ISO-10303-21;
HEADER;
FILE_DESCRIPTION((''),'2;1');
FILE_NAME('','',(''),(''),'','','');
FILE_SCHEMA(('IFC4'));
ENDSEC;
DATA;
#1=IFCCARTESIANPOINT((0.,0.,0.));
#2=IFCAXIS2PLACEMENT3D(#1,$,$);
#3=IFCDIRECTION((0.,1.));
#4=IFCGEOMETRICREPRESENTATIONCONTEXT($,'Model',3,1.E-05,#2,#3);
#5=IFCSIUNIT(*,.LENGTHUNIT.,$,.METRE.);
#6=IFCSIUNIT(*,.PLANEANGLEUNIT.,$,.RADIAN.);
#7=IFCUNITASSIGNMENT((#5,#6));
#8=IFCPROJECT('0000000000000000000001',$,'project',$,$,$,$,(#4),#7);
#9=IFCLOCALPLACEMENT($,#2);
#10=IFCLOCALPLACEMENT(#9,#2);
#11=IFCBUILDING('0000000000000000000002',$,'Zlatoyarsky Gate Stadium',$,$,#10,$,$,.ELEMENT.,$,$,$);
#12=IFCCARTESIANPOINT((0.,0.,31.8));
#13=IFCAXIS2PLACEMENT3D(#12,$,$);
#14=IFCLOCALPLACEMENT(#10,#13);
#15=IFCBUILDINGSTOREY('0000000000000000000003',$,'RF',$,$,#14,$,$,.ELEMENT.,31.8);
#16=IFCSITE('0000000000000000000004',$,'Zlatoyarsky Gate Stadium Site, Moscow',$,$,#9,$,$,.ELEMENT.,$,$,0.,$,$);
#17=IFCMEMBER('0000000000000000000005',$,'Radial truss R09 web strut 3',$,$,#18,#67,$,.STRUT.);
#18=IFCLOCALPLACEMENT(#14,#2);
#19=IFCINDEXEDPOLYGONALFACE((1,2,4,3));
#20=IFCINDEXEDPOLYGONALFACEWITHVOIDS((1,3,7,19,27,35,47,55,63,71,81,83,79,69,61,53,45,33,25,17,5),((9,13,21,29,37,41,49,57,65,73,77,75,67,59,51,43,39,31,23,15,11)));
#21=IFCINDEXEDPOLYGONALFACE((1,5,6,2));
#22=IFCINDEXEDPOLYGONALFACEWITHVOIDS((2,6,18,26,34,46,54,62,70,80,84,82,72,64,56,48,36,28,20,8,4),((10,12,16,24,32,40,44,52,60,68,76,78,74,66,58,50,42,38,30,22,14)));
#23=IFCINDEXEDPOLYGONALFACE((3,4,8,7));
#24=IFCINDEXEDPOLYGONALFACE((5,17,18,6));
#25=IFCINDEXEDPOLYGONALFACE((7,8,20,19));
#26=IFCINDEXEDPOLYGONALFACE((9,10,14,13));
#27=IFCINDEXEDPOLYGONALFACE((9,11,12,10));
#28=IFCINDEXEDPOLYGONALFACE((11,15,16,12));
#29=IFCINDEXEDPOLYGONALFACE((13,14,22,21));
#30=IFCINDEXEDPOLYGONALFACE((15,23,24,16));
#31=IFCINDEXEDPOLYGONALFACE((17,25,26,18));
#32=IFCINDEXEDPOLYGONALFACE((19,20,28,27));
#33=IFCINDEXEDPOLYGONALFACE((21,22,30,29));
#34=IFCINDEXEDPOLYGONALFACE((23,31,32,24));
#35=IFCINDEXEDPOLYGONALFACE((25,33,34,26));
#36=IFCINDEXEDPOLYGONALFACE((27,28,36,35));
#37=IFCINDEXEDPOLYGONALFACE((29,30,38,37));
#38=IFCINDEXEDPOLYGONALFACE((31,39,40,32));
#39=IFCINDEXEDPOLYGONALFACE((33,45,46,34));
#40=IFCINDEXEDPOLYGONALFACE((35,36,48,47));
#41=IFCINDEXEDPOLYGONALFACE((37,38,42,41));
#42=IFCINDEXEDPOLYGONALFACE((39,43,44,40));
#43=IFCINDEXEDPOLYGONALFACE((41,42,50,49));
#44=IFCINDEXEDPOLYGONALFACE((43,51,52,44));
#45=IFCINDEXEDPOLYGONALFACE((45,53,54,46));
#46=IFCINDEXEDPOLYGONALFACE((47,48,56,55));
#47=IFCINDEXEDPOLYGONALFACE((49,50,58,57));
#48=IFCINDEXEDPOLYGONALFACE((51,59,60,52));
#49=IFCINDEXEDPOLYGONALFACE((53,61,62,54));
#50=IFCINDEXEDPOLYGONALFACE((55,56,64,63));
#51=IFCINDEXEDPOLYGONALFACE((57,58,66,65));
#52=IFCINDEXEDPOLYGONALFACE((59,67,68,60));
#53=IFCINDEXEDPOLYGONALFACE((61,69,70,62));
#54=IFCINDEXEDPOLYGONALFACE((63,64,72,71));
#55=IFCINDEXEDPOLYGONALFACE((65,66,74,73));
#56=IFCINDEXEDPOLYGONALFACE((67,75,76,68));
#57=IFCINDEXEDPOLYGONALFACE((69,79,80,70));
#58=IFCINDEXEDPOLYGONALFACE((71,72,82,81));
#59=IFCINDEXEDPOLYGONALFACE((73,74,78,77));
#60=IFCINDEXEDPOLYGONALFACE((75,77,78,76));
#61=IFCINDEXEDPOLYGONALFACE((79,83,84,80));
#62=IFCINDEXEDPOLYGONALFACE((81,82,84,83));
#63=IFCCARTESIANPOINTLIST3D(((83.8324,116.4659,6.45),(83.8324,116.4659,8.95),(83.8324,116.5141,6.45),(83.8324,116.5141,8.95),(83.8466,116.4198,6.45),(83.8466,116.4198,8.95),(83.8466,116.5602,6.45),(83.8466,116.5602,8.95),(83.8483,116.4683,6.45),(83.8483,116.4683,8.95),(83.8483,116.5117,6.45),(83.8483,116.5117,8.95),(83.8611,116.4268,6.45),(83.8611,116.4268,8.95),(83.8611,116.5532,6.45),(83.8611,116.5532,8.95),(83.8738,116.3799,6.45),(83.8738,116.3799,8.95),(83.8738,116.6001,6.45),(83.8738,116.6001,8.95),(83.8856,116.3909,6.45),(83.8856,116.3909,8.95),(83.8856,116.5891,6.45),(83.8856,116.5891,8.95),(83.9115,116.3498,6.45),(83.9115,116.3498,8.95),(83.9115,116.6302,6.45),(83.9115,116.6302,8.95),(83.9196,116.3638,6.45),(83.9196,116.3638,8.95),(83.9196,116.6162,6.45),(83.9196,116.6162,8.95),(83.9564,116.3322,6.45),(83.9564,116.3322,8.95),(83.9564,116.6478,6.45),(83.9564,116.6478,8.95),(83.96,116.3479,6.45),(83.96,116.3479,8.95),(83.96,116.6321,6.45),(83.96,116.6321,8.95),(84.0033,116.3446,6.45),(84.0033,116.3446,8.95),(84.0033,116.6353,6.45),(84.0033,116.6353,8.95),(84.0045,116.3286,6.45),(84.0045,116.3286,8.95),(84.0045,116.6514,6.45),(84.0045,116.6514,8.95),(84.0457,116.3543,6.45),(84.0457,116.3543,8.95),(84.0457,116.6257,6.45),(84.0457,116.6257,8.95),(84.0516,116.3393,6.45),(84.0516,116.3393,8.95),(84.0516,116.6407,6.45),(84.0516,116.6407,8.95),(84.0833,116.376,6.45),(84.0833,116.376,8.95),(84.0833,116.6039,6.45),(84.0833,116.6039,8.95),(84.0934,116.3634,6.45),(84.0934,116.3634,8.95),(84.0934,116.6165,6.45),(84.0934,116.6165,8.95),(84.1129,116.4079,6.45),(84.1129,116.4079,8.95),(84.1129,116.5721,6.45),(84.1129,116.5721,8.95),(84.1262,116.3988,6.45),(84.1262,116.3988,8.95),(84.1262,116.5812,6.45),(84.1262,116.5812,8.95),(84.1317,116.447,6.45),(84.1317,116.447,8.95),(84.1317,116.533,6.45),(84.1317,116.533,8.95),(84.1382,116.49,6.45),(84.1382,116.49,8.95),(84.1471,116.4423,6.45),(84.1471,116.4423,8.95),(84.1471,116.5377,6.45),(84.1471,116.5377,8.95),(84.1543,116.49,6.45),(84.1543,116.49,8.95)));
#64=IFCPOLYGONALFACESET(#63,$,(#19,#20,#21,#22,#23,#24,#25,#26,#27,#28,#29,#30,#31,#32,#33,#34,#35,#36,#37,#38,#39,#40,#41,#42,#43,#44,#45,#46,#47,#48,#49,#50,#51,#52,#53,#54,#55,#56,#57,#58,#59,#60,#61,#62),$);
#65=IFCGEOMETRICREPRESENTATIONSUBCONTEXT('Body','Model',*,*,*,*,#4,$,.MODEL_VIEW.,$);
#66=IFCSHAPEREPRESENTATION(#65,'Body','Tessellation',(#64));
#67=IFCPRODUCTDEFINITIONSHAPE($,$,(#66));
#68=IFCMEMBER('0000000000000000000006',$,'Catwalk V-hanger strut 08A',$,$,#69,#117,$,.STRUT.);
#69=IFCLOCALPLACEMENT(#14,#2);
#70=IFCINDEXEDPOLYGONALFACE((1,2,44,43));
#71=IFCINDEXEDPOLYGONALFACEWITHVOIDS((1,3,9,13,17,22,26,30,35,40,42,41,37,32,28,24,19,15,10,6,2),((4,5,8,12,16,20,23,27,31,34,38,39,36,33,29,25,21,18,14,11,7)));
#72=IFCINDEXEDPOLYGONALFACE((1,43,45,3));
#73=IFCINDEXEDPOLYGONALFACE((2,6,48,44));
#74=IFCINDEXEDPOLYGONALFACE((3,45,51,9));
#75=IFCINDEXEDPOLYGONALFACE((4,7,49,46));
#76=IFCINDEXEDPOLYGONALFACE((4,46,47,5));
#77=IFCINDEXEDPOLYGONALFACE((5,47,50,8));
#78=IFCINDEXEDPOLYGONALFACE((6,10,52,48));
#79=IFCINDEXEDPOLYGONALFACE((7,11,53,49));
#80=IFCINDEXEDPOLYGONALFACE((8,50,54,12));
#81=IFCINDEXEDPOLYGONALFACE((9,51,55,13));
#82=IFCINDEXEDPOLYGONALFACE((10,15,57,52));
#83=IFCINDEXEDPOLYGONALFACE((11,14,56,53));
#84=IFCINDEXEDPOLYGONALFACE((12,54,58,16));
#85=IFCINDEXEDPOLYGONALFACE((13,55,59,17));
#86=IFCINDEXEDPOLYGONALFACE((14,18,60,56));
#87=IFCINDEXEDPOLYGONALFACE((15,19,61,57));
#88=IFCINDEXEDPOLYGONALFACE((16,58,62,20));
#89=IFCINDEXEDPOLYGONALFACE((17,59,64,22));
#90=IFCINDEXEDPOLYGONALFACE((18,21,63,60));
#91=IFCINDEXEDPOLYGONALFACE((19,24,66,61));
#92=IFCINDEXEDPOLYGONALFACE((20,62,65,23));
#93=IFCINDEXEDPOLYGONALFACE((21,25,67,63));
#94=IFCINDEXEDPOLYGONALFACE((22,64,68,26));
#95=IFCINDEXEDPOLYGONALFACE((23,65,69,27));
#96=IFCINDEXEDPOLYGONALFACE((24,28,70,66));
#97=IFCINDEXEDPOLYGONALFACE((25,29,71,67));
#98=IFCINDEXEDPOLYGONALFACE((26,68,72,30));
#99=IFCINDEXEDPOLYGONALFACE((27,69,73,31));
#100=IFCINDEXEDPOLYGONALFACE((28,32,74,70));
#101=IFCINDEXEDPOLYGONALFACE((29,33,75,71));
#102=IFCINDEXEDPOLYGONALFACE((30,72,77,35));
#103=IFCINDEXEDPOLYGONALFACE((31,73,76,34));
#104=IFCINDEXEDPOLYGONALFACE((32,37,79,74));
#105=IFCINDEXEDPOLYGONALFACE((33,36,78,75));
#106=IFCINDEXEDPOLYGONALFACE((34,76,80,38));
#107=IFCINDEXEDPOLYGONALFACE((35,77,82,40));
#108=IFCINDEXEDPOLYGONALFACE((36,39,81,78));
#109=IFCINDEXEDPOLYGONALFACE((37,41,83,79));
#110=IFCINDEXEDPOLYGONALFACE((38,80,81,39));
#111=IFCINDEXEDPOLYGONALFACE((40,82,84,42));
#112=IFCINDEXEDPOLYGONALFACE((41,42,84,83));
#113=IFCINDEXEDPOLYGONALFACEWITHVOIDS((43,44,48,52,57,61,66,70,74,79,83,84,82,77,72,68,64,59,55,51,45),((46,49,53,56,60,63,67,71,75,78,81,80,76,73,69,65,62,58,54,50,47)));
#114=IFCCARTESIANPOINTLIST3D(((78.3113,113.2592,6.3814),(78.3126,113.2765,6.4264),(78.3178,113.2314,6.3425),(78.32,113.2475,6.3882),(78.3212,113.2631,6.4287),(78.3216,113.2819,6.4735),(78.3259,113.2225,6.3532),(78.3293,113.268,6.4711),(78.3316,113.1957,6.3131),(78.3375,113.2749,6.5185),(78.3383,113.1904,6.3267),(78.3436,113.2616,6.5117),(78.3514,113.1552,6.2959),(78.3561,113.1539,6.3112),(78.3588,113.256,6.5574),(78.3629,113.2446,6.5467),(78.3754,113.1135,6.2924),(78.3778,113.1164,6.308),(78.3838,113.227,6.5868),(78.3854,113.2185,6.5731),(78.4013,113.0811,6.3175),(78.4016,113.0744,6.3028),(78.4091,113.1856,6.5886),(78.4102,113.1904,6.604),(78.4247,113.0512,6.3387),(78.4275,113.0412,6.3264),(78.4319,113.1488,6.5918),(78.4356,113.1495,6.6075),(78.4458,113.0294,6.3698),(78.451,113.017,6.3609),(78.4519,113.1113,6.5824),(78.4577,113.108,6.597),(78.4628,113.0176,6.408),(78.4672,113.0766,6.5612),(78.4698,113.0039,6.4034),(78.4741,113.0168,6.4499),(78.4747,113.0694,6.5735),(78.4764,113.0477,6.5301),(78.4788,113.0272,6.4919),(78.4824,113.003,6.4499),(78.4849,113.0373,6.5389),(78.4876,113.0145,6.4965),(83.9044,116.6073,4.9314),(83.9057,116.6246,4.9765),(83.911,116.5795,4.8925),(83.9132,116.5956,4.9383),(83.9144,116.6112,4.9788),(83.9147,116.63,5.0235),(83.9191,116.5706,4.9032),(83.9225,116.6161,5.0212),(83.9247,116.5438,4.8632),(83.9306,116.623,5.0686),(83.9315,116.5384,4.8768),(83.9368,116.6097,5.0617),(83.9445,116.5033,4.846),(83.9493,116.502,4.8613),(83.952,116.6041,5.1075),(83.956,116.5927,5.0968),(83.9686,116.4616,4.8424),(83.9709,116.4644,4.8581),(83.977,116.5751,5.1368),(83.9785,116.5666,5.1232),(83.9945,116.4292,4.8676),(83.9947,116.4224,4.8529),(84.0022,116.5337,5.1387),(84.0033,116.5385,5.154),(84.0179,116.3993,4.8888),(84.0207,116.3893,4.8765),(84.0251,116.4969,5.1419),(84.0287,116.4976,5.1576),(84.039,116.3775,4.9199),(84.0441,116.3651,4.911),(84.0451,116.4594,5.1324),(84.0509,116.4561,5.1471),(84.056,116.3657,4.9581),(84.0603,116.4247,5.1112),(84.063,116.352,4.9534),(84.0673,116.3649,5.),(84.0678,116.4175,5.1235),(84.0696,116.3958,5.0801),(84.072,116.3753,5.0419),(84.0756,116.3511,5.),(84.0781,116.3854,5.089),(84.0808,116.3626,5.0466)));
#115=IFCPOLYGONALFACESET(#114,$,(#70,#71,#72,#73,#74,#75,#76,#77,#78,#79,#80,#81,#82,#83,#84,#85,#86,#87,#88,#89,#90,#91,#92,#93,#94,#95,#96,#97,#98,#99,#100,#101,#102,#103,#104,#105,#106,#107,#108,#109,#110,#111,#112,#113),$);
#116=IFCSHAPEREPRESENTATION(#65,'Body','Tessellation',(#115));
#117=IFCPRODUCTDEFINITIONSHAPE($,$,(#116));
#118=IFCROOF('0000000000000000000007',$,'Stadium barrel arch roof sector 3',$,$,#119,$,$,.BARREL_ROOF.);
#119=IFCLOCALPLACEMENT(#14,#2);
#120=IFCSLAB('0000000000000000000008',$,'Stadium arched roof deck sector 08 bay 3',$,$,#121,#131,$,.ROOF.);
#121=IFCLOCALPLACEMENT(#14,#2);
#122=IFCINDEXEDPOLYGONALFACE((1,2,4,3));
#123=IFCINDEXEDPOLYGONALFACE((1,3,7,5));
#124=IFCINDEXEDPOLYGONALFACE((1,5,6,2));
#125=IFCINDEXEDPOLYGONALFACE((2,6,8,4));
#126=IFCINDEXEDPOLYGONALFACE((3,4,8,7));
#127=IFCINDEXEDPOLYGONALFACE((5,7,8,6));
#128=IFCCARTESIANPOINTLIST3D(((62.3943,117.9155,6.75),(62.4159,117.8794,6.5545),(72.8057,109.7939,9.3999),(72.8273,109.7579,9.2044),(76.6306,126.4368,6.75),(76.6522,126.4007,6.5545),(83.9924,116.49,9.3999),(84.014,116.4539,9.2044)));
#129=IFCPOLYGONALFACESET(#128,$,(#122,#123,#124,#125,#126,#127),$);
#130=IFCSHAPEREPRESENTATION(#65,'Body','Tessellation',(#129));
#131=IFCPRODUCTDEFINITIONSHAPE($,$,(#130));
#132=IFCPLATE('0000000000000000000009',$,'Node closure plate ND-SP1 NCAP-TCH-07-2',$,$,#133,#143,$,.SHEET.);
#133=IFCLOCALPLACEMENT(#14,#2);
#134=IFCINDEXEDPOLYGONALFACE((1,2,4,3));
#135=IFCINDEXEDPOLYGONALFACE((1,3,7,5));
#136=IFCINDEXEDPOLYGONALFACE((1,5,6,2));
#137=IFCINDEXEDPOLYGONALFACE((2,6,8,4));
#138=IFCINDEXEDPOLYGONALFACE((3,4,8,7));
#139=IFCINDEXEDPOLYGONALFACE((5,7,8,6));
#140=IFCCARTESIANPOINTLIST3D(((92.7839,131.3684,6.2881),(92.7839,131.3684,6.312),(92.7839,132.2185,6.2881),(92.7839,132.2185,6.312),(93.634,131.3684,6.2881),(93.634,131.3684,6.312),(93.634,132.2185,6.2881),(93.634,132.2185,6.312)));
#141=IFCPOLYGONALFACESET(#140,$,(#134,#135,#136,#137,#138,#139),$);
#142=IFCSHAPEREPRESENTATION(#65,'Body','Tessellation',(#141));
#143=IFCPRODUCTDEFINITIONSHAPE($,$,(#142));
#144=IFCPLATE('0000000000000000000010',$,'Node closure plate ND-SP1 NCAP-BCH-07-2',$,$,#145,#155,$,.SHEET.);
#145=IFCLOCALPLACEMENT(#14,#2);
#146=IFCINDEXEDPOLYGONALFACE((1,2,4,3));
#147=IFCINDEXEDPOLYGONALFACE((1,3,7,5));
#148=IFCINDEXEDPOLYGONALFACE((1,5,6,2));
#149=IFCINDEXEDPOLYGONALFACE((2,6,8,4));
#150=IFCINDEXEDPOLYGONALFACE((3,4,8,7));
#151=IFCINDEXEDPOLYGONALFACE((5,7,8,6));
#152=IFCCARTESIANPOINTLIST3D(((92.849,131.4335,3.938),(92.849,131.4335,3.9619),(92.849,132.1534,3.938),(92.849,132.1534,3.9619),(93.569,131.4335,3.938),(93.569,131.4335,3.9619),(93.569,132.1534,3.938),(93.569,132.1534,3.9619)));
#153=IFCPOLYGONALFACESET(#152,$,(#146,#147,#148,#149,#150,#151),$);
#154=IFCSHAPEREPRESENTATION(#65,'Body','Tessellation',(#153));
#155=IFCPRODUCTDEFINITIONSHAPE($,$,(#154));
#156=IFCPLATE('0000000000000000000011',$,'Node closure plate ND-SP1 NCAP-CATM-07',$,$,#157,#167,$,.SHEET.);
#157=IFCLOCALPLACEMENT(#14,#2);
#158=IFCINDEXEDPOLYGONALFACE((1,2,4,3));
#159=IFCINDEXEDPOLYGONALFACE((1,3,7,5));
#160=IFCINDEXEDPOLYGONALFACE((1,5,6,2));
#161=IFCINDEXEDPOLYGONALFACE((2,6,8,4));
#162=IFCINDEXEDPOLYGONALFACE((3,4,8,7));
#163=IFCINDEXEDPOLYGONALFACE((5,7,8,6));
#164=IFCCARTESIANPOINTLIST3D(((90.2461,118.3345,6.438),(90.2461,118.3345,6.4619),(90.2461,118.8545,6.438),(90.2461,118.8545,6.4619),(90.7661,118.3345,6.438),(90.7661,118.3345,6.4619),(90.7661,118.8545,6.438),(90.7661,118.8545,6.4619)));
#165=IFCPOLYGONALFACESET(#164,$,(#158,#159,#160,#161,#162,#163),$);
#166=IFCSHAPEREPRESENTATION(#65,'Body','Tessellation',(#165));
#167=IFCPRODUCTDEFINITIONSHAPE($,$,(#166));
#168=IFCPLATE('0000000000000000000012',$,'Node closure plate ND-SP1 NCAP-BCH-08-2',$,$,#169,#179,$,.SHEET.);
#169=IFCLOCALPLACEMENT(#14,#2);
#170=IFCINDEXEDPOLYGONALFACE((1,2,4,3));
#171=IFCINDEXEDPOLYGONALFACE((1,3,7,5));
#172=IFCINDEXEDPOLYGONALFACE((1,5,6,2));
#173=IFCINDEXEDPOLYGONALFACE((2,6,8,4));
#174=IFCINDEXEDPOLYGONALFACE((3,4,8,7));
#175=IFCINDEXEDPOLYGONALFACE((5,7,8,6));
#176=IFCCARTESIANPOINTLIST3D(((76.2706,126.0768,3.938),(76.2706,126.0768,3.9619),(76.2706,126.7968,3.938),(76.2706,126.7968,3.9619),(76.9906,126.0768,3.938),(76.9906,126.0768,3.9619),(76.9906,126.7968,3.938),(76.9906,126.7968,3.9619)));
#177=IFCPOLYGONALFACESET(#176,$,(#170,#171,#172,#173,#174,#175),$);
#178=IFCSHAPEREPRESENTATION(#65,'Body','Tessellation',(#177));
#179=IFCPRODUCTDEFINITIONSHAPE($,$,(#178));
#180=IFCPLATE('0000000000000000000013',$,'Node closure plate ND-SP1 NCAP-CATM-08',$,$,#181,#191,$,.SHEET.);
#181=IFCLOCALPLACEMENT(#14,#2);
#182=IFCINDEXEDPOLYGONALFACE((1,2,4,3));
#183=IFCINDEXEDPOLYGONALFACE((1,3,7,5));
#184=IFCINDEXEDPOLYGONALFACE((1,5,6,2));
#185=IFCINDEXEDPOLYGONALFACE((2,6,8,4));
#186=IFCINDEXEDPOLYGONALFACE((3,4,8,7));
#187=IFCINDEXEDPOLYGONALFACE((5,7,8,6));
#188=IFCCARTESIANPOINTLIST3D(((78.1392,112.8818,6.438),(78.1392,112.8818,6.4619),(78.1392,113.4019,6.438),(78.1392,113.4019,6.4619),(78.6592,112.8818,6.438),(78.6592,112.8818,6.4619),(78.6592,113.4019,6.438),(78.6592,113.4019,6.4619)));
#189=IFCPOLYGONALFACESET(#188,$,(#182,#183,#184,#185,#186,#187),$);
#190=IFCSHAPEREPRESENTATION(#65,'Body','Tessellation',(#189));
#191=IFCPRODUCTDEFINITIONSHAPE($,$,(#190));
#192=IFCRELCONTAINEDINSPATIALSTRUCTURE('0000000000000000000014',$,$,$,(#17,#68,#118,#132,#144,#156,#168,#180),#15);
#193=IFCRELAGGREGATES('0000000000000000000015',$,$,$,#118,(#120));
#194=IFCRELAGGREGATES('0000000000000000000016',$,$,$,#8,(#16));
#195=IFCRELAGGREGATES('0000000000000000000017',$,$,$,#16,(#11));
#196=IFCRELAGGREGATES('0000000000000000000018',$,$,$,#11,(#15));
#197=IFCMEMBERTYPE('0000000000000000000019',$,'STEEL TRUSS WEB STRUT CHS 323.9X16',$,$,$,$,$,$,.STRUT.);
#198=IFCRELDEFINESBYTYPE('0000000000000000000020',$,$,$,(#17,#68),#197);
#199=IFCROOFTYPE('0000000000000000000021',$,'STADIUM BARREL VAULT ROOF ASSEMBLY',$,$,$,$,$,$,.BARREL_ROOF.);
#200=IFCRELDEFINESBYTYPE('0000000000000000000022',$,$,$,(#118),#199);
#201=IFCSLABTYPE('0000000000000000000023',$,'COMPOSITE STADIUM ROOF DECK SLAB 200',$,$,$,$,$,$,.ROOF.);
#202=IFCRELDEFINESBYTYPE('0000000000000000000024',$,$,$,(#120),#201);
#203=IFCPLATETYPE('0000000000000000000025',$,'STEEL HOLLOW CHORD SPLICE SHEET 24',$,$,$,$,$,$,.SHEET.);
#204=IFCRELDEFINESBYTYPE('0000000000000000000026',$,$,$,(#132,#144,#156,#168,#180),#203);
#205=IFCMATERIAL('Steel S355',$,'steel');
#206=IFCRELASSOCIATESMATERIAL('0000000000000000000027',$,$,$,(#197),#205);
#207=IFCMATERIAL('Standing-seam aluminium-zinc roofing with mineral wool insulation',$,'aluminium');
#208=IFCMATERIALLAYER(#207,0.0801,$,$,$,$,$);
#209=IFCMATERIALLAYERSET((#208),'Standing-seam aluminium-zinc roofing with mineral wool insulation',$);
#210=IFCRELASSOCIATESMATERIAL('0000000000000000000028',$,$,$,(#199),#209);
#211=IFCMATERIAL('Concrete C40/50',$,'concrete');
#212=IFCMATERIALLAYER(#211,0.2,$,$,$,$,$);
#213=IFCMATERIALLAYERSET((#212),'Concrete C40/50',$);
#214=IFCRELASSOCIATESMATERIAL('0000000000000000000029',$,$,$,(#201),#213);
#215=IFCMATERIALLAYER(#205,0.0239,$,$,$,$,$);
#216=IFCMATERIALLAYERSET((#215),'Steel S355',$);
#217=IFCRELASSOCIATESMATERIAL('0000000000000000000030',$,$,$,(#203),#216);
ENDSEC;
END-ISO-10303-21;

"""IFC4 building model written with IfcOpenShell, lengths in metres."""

from ifc_helpers import new_model, si_unit, direction, frame, origin, origin_2d, place, context, subcontext, project, spatial, polyline, rectangle, hollow_circle, outline, extrude, material, layer, layer_set, material_profile, profile_set, type_object, element, aggregate, save


model = new_model("IFC4")

# Units and contexts
model_context = context("Model", 3, precision=1e-05, world=origin(), true_north=direction((0.0, 1.0)))
body_context = subcontext(model_context, "Body", "Model", "MODEL_VIEW")
ifc_project = project(units=[si_unit("LENGTHUNIT", "METRE"), si_unit("PLANEANGLEUNIT", "RADIAN")], contexts=[model_context])

# Site, building, storey
site_placement = place(None, origin())
site = spatial("IfcSite", under=ifc_project, at=site_placement, Name="Zlatoyarsky Gate Stadium Site, Moscow", CompositionType="ELEMENT", RefElevation=0.0)
building_placement = place(site_placement, origin())
building = spatial("IfcBuilding", under=site, at=building_placement, Name="Zlatoyarsky Gate Stadium", CompositionType="ELEMENT")
storey_placement = place(building_placement, frame((0.0, 0.0, 31.8)))
storey = spatial("IfcBuildingStorey", under=building, at=storey_placement, Name="RF", CompositionType="ELEMENT", Elevation=31.8)

# Shared definitions
ifc_material_1 = material(Name="Steel S355", Category="steel")

# Members
ifc_material_profile_1 = material_profile(ifc_material_1, hollow_circle(Radius=0.1619, WallThickness=0.0161, at=origin_2d()), Name="CHS 323.9X16")
ifc_profile_set_1 = profile_set([ifc_material_profile_1], Name="Steel S355")
member_type_1 = type_object("IfcMemberType", Name="STEEL TRUSS WEB STRUT CHS 323.9X16", PredefinedType="STRUT", material=ifc_profile_set_1)
member_1_placement = place(storey_placement, frame((83.9924, 116.49, 6.45), z_axis=(0.0, 0.0, 1.0), x_axis=(1.0, 0.0, 0.0)))
element("IfcMember", 1, at=member_1_placement, inside=storey, type_object=member_type_1, Name="Radial truss R09 web strut 3", PredefinedType="STRUT", context=body_context, shape_type="SweptSolid", body=[
    extrude(hollow_circle(Radius=0.1619, WallThickness=0.0161, at=origin_2d()), origin(), (0.0, 0.0, 1.0), 2.5),
])
member_2_placement = place(storey_placement, frame((83.9924, 116.49, 5.0), z_axis=(-0.837553, -0.501362, 0.21712), x_axis=(0.513614, -0.858021, 0.0)))
element("IfcMember", 2, at=member_2_placement, inside=storey, type_object=member_type_1, Name="Catwalk V-hanger strut 08A", PredefinedType="STRUT", context=body_context, shape_type="SweptSolid", body=[
    extrude(hollow_circle(Radius=0.1619, WallThickness=0.0161, at=origin_2d()), origin(), (0.0, 0.0, 1.0), 6.678),
])

# Roof, slab
ifc_material_2 = material(Name="Standing-seam aluminium-zinc roofing with mineral wool insulation", Category="aluminium")
ifc_layer_1 = layer(ifc_material_2, 0.0801)
ifc_layer_set_1 = layer_set([ifc_layer_1], Name="Standing-seam aluminium-zinc roofing with mineral wool insulation")
roof_type = type_object("IfcRoofType", Name="STADIUM BARREL VAULT ROOF ASSEMBLY", PredefinedType="BARREL_ROOF", material=ifc_layer_set_1)
roof_placement = place(storey_placement, origin())
roof = element("IfcRoof", 3, at=roof_placement, inside=storey, type_object=roof_type, Name="Stadium barrel arch roof sector 3", PredefinedType="BARREL_ROOF")
ifc_material_3 = material(Name="Concrete C40/50", Category="concrete")
ifc_layer_2 = layer(ifc_material_3, 0.2)
ifc_layer_set_2 = layer_set([ifc_layer_2], Name="Concrete C40/50")
slab_type = type_object("IfcSlabType", Name="COMPOSITE STADIUM ROOF DECK SLAB 200", PredefinedType="ROOF", material=ifc_layer_set_2)
slab_placement = place(storey_placement, frame((76.6306, 126.4368, 6.75), z_axis=(-0.108033, 0.180488, 0.977626), x_axis=(-0.858039, -0.513585, -0.000001)))
slab = element("IfcSlab", 4, at=slab_placement, type_object=slab_type, Name="Stadium arched roof deck sector 08 bay 3", PredefinedType="ROOF", context=body_context, shape_type="SweptSolid", body=[
    extrude(outline(polyline([(0.0, 0.0), (16.5917, 0.0), (11.8295, 12.5976), (-1.2082, 12.5975), (0.0, 0.0)])), origin(), (0.0, 0.0, -1.0), 0.2),
])

# Plates
ifc_layer_3 = layer(ifc_material_1, 0.0239)
ifc_layer_set_3 = layer_set([ifc_layer_3], Name="Steel S355")
plate_type_1 = type_object("IfcPlateType", Name="STEEL HOLLOW CHORD SPLICE SHEET 24", PredefinedType="SHEET", material=ifc_layer_set_3)
plate_1_placement = place(storey_placement, frame((93.209, 131.7935, 6.2881), z_axis=(0.0, 0.0, 1.0), x_axis=(1.0, 0.0, 0.0)))
element("IfcPlate", 5, at=plate_1_placement, inside=storey, type_object=plate_type_1, Name="Node closure plate ND-SP1 NCAP-TCH-07-2", PredefinedType="SHEET", context=body_context, shape_type="SweptSolid", body=[
    extrude(rectangle(XDim=0.8501, YDim=0.8501, at=origin_2d()), origin(), (0.0, 0.0, 1.0), 0.0239),
])
plate_2_placement = place(storey_placement, frame((93.209, 131.7935, 3.938), z_axis=(0.0, 0.0, 1.0), x_axis=(1.0, 0.0, 0.0)))
element("IfcPlate", 6, at=plate_2_placement, inside=storey, type_object=plate_type_1, Name="Node closure plate ND-SP1 NCAP-BCH-07-2", PredefinedType="SHEET", context=body_context, shape_type="SweptSolid", body=[
    extrude(rectangle(XDim=0.72, YDim=0.72, at=origin_2d()), origin(), (0.0, 0.0, 1.0), 0.0239),
])
plate_3_placement = place(storey_placement, frame((90.5061, 118.5945, 6.438), z_axis=(0.0, 0.0, 1.0), x_axis=(1.0, 0.0, 0.0)))
element("IfcPlate", 7, at=plate_3_placement, inside=storey, type_object=plate_type_1, Name="Node closure plate ND-SP1 NCAP-CATM-07", PredefinedType="SHEET", context=body_context, shape_type="SweptSolid", body=[
    extrude(rectangle(XDim=0.52, YDim=0.52, at=origin_2d()), origin(), (0.0, 0.0, 1.0), 0.0239),
])
plate_4_placement = place(storey_placement, frame((76.6306, 126.4368, 3.938), z_axis=(0.0, 0.0, 1.0), x_axis=(1.0, 0.0, 0.0)))
element("IfcPlate", 8, at=plate_4_placement, inside=storey, type_object=plate_type_1, Name="Node closure plate ND-SP1 NCAP-BCH-08-2", PredefinedType="SHEET", context=body_context, shape_type="SweptSolid", body=[
    extrude(rectangle(XDim=0.72, YDim=0.72, at=origin_2d()), origin(), (0.0, 0.0, 1.0), 0.0239),
])
plate_5_placement = place(storey_placement, frame((78.3992, 113.1418, 6.438), z_axis=(0.0, 0.0, 1.0), x_axis=(1.0, 0.0, 0.0)))
element("IfcPlate", 9, at=plate_5_placement, inside=storey, type_object=plate_type_1, Name="Node closure plate ND-SP1 NCAP-CATM-08", PredefinedType="SHEET", context=body_context, shape_type="SweptSolid", body=[
    extrude(rectangle(XDim=0.52, YDim=0.52, at=origin_2d()), origin(), (0.0, 0.0, 1.0), 0.0239),
])

aggregate(roof, [slab])

save(model, "model.ifc")
